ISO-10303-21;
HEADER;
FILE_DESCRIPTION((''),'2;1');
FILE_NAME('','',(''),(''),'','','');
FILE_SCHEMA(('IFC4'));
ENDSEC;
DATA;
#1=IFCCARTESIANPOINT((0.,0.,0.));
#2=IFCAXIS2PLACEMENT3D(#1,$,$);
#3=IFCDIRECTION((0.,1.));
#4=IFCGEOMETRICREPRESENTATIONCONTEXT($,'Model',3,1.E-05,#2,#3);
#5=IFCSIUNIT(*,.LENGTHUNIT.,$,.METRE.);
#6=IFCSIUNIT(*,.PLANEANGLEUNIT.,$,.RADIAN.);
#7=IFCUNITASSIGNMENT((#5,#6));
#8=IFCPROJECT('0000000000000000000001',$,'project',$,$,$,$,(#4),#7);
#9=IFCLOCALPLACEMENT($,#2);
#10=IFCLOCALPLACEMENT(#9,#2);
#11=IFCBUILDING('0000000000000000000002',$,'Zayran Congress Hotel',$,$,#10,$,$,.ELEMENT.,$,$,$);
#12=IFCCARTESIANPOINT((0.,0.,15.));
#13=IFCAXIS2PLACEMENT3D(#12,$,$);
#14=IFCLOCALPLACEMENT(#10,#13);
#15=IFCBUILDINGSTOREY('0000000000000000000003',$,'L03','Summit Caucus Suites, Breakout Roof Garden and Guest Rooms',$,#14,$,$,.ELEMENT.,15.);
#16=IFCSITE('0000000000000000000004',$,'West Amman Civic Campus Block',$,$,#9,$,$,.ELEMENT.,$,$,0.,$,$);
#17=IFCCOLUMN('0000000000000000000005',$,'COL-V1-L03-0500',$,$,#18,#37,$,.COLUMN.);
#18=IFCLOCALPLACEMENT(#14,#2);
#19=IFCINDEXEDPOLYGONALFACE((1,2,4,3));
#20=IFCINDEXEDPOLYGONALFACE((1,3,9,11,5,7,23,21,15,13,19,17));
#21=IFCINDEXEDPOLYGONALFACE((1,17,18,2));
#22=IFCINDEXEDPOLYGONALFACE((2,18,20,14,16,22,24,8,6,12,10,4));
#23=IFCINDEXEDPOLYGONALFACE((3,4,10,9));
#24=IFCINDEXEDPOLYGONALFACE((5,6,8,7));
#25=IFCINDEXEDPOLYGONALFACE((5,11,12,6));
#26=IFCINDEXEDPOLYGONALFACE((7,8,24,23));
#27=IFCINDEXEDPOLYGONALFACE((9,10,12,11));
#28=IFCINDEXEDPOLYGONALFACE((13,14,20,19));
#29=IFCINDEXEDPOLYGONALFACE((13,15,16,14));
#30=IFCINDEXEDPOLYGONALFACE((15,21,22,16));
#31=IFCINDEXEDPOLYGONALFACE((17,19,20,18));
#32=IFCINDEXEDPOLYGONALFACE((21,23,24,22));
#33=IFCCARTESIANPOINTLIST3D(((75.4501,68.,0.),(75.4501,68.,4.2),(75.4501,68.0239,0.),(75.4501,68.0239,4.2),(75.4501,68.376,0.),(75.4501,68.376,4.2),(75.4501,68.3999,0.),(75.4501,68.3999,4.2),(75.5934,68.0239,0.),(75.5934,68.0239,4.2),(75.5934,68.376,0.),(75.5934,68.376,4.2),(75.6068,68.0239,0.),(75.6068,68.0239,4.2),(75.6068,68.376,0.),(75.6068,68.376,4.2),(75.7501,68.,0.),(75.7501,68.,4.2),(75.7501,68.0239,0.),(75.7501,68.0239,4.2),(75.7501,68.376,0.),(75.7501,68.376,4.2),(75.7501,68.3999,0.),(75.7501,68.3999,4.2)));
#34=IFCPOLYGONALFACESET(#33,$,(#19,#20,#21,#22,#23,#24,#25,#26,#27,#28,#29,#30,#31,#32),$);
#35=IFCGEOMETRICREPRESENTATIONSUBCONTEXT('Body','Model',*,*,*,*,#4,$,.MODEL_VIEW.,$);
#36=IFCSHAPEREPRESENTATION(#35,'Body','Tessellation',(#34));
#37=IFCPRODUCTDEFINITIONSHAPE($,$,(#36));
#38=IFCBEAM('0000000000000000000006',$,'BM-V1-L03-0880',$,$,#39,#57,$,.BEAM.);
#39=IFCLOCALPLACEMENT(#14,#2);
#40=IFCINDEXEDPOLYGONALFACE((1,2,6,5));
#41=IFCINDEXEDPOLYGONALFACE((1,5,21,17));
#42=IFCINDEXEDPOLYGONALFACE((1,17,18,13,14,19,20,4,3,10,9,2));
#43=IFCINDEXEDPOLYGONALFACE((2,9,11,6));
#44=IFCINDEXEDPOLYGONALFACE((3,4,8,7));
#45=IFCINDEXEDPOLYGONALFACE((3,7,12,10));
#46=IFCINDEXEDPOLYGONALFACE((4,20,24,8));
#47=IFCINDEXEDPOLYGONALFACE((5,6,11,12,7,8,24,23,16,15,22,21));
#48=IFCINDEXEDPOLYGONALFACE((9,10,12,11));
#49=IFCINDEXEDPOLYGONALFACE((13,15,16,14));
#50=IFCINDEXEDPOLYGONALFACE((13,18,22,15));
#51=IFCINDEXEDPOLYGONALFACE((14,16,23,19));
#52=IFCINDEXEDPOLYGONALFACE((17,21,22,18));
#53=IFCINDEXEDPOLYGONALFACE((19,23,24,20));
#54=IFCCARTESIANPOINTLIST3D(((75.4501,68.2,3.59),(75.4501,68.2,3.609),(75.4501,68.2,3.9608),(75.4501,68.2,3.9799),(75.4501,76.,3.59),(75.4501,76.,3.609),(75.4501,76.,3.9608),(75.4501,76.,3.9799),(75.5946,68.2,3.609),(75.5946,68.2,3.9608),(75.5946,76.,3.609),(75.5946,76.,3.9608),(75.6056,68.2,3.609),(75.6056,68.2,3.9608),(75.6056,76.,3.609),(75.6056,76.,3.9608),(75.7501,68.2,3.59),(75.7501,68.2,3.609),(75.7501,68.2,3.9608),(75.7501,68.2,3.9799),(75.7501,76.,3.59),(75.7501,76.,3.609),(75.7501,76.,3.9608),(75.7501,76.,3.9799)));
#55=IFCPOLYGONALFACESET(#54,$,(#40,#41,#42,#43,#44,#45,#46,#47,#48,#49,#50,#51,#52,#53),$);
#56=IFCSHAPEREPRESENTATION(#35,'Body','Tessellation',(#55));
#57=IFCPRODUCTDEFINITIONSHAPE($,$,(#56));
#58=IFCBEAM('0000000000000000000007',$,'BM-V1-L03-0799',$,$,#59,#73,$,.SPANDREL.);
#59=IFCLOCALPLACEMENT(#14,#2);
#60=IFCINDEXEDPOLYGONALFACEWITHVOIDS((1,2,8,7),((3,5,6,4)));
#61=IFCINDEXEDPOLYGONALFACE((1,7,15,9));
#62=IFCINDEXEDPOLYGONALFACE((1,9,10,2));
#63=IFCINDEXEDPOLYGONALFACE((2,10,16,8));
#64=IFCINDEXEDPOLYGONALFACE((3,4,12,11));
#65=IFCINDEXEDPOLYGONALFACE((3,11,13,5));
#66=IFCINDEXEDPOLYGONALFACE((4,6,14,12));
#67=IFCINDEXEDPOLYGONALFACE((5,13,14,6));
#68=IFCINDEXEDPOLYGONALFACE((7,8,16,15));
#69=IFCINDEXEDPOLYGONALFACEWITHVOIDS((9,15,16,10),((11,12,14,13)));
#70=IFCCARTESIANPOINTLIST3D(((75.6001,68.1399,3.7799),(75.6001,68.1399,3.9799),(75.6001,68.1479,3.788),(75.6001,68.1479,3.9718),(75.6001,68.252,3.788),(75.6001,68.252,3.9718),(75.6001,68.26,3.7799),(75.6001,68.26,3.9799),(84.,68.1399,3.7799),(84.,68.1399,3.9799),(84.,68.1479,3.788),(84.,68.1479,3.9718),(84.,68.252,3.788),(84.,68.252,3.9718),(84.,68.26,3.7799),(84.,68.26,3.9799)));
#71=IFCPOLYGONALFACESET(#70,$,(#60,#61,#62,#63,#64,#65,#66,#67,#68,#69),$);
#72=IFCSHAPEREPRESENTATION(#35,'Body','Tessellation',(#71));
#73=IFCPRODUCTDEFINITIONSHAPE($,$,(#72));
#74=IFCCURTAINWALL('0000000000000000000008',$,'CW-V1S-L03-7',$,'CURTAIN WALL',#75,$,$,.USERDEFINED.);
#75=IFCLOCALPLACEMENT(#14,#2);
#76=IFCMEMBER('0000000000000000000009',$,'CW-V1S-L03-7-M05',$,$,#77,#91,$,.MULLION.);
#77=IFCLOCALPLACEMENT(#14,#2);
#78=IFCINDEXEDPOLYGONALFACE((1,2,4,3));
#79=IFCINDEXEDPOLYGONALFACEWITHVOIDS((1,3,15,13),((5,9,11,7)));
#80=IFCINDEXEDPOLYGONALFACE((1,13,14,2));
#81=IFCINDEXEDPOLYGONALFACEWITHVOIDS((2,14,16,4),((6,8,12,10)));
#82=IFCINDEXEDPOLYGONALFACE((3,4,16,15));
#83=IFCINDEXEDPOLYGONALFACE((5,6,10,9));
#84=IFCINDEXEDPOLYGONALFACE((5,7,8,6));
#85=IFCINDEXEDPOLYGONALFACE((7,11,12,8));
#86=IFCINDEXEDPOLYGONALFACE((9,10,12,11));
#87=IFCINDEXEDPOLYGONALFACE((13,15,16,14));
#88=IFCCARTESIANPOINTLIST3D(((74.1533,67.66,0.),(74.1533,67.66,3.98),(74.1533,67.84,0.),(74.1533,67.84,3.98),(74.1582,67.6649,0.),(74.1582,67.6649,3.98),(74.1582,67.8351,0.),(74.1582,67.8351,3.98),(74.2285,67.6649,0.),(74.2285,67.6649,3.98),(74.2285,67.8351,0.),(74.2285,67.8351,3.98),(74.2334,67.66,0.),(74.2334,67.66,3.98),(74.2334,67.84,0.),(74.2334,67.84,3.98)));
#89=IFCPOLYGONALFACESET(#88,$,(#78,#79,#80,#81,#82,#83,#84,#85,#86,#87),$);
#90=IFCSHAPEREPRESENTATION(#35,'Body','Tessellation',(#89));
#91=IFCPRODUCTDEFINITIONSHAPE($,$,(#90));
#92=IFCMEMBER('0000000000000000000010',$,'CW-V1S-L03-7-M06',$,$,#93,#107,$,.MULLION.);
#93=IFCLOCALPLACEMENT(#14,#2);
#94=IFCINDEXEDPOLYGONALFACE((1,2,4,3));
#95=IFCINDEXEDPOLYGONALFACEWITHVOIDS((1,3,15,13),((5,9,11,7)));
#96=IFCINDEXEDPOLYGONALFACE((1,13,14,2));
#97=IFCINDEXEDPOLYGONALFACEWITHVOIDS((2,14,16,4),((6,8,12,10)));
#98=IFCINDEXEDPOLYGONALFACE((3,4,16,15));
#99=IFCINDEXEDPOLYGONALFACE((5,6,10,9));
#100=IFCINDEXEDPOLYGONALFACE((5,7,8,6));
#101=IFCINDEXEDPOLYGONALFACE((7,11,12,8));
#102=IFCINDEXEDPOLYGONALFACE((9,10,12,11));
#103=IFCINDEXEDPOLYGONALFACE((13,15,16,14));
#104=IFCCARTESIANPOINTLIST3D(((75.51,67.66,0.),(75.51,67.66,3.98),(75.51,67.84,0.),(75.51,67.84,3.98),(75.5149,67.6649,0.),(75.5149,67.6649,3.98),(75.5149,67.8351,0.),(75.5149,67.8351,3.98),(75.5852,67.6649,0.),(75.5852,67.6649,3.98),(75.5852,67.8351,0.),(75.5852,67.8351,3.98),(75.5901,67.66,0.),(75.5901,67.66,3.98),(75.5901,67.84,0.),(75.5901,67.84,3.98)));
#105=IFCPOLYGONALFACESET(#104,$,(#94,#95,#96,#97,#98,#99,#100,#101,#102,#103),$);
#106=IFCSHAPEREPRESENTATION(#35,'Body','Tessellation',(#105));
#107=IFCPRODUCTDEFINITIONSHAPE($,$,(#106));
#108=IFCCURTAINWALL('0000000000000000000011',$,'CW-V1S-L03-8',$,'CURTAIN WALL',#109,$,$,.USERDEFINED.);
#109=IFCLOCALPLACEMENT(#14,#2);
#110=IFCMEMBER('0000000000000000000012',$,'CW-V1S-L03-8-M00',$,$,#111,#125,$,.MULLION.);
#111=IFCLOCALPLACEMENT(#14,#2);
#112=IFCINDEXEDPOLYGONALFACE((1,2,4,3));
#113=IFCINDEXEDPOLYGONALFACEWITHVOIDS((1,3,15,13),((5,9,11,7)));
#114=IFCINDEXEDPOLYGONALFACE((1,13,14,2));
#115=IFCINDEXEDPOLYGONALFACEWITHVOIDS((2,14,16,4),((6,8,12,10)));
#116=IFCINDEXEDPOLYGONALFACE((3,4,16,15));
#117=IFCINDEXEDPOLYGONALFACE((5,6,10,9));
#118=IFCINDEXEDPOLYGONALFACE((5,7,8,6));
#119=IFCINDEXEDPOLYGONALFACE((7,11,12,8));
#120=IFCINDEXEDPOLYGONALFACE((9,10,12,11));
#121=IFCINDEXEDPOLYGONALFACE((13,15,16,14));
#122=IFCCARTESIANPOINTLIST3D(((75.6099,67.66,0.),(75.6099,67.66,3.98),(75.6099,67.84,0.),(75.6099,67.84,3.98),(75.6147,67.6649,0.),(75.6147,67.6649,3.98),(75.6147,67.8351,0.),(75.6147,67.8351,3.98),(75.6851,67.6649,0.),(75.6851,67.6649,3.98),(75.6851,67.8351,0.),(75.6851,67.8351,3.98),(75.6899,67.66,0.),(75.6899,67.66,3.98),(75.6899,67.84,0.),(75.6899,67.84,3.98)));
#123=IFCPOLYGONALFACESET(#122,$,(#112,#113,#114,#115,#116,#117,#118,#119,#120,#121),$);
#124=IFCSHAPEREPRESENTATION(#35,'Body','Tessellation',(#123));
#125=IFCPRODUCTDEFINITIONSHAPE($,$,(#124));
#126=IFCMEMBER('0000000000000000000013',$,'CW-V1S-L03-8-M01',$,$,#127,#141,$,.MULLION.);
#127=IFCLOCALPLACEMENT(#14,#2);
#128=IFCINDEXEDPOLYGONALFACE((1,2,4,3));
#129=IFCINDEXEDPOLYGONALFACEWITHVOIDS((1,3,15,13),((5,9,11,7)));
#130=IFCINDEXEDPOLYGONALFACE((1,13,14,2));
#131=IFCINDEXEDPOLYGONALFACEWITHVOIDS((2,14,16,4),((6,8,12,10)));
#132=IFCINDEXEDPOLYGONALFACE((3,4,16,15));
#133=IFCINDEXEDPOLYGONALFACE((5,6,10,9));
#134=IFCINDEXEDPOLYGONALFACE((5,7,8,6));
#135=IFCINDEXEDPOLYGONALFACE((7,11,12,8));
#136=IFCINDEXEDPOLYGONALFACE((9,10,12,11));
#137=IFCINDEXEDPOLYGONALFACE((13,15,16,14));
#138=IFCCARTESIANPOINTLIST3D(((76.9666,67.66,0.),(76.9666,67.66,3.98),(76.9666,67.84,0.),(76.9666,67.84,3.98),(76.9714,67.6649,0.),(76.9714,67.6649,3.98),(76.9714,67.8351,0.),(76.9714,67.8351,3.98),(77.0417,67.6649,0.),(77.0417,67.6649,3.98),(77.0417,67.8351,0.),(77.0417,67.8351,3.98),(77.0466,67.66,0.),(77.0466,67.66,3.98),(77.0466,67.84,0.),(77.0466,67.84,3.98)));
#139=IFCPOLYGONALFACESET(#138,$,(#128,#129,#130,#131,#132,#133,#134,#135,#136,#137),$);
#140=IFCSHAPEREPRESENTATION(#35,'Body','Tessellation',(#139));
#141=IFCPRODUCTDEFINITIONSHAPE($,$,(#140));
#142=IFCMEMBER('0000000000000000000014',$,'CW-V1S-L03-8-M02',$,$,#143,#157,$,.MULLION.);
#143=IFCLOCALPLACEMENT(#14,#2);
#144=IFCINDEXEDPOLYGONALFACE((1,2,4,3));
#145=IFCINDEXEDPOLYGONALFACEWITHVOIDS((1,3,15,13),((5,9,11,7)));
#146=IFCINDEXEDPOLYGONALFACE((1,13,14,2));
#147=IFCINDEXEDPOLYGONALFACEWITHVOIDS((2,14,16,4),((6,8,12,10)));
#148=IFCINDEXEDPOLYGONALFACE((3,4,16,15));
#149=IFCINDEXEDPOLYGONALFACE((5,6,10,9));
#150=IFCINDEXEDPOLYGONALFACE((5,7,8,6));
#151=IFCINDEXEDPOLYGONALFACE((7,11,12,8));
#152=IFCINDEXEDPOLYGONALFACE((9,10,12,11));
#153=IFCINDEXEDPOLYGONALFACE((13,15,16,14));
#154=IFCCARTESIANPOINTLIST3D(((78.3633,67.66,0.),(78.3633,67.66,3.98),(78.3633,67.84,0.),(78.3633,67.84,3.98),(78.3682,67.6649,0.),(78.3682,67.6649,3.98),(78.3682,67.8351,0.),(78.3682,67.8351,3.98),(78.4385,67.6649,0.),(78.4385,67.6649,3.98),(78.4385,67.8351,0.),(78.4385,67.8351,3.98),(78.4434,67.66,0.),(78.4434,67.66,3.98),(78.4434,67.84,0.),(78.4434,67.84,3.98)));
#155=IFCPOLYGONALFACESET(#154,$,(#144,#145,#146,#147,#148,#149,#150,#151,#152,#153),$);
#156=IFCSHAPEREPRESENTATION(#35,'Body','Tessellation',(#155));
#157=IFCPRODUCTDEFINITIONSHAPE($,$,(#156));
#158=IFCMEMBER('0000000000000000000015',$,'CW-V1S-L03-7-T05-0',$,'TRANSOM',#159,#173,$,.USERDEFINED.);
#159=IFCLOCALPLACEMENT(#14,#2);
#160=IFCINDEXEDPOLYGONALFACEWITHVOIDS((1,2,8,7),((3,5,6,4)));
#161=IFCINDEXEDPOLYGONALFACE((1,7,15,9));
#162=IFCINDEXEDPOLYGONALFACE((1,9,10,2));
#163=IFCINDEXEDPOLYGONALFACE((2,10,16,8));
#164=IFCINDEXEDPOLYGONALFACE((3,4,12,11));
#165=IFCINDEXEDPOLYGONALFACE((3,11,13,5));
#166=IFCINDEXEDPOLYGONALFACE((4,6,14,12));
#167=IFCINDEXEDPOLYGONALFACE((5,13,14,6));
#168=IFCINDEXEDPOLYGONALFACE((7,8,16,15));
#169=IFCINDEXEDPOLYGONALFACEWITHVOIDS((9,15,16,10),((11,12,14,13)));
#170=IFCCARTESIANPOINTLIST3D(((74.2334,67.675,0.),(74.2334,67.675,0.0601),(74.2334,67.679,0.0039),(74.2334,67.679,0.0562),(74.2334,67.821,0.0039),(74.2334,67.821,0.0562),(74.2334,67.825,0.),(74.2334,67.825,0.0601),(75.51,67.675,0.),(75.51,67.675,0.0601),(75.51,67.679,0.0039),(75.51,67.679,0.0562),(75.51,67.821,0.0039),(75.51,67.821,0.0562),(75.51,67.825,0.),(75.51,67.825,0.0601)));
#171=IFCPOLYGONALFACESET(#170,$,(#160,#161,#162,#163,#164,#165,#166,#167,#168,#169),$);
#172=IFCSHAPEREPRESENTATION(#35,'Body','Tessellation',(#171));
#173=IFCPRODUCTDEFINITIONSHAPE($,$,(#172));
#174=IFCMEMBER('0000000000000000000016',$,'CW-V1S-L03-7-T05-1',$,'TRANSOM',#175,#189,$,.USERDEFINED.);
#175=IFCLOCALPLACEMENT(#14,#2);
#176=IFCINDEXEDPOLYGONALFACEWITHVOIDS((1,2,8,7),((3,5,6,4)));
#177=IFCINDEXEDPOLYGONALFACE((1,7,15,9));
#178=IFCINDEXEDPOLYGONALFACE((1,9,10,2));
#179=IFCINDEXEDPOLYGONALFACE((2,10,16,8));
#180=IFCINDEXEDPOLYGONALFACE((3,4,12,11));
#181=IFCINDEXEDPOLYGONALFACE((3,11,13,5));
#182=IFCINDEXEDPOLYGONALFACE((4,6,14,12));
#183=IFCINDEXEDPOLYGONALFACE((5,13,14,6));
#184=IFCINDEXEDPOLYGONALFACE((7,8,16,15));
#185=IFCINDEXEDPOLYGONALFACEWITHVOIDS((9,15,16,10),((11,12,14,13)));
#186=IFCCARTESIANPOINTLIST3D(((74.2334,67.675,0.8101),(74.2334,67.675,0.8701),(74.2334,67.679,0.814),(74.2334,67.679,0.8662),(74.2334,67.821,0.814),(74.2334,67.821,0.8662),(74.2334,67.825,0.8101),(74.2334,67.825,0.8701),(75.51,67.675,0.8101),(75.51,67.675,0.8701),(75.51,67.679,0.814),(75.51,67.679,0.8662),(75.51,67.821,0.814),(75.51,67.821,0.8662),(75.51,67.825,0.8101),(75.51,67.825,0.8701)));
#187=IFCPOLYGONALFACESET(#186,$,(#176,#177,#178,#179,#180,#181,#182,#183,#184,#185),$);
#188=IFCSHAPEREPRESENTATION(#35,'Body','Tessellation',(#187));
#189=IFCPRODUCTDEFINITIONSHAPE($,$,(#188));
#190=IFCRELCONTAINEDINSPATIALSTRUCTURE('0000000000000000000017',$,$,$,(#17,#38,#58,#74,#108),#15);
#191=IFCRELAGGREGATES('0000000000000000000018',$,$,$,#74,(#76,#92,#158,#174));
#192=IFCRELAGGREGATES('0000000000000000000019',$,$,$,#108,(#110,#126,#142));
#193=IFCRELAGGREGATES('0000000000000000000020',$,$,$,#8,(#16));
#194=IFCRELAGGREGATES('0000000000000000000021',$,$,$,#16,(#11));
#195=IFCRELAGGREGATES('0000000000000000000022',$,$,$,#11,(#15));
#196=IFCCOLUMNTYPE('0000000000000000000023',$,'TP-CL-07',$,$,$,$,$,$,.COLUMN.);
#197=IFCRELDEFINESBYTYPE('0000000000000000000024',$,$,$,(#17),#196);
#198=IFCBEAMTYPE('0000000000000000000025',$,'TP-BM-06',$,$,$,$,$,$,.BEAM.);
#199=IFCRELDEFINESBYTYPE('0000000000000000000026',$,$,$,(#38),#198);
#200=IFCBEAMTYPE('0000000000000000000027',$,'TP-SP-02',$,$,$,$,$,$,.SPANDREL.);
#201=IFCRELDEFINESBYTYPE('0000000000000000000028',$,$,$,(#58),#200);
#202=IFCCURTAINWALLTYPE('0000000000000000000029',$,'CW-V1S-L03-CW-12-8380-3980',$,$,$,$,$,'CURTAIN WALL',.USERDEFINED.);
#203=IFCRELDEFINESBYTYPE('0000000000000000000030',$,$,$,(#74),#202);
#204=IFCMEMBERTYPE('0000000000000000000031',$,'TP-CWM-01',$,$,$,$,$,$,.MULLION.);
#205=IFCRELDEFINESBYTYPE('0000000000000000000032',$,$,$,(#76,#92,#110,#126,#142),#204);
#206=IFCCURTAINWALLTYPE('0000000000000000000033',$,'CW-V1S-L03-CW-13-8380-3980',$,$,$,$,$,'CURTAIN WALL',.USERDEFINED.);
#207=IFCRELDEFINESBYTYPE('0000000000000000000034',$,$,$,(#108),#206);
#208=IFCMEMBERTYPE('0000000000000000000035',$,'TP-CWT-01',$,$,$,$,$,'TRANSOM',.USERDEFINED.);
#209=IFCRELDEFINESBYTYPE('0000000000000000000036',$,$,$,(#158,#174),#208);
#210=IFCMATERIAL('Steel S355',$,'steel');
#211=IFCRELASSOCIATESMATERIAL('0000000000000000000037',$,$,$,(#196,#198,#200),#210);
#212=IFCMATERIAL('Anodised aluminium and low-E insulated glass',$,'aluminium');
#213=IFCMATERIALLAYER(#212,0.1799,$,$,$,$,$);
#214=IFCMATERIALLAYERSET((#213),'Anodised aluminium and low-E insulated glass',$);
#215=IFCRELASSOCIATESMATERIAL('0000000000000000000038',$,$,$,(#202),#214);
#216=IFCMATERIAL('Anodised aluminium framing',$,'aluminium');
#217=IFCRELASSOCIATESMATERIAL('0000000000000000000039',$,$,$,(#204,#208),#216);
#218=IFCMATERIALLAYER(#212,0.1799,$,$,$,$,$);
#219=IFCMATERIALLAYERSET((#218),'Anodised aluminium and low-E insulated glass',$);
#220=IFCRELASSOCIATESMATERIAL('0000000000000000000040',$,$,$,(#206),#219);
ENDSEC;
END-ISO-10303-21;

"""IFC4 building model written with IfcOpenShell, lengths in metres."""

from ifc_helpers import new_model, si_unit, direction, frame, origin, origin_2d, place, context, subcontext, project, spatial, hollow_rectangle, i_section, extrude, material, layer, layer_set, material_profile, profile_set, type_object, element, aggregate, save


model = new_model("IFC4")

# Units and contexts
model_context = context("Model", 3, precision=1e-05, world=origin(), true_north=direction((0.0, 1.0)))
body_context = subcontext(model_context, "Body", "Model", "MODEL_VIEW")
ifc_project = project(units=[si_unit("LENGTHUNIT", "METRE"), si_unit("PLANEANGLEUNIT", "RADIAN")], contexts=[model_context])

# Site, building, storey
site_placement = place(None, origin())
site = spatial("IfcSite", under=ifc_project, at=site_placement, Name="West Amman Civic Campus Block", CompositionType="ELEMENT", RefElevation=0.0)
building_placement = place(site_placement, origin())
building = spatial("IfcBuilding", under=site, at=building_placement, Name="Zayran Congress Hotel", CompositionType="ELEMENT")
storey_placement = place(building_placement, frame((0.0, 0.0, 15.0)))
storey = spatial("IfcBuildingStorey", under=building, at=storey_placement, Name="L03", Description="Summit Caucus Suites, Breakout Roof Garden and Guest Rooms", CompositionType="ELEMENT", Elevation=15.0)

# Column
ifc_material_1 = material(Name="Steel S355", Category="steel")
ifc_material_profile_1 = material_profile(ifc_material_1, i_section(OverallWidth=0.3, OverallDepth=0.3999, WebThickness=0.0134, FlangeThickness=0.0239, at=origin_2d()), Name="HEB 400")
ifc_profile_set_1 = profile_set([ifc_material_profile_1], Name="Steel S355")
column_type = type_object("IfcColumnType", Name="TP-CL-07", PredefinedType="COLUMN", material=ifc_profile_set_1)
column_placement = place(storey_placement, frame((75.6001, 68.2, 0.0), z_axis=(0.0, 0.0, 1.0), x_axis=(1.0, 0.0, 0.0)))
element("IfcColumn", 1, at=column_placement, inside=storey, type_object=column_type, Name="COL-V1-L03-0500", PredefinedType="COLUMN", context=body_context, shape_type="SweptSolid", body=[
    extrude(i_section(OverallWidth=0.3, OverallDepth=0.3999, WebThickness=0.0134, FlangeThickness=0.0239, at=origin_2d()), origin(), (0.0, 0.0, 1.0), 4.2),
])

# Beams
ifc_material_profile_2 = material_profile(ifc_material_1, i_section(OverallWidth=0.3, OverallDepth=0.3899, WebThickness=0.011, FlangeThickness=0.019, at=origin_2d()), Name="HEA 400")
ifc_profile_set_2 = profile_set([ifc_material_profile_2], Name="Steel S355")
beam_type_1 = type_object("IfcBeamType", Name="TP-BM-06", PredefinedType="BEAM", material=ifc_profile_set_2)
beam_1_placement = place(storey_placement, frame((75.6001, 68.2, 3.7849), z_axis=(0.0, 1.0, 0.0), x_axis=(-1.0, 0.0, 0.0)))
element("IfcBeam", 2, at=beam_1_placement, inside=storey, type_object=beam_type_1, Name="BM-V1-L03-0880", PredefinedType="BEAM", context=body_context, shape_type="SweptSolid", body=[
    extrude(i_section(OverallWidth=0.3, OverallDepth=0.3899, WebThickness=0.011, FlangeThickness=0.019, at=origin_2d()), origin(), (0.0, 0.0, 1.0), 7.8),
])
ifc_material_profile_3 = material_profile(ifc_material_1, hollow_rectangle(XDim=0.1201, YDim=0.2, WallThickness=0.0081, at=origin_2d()), Name="RHS 200x120x8")
ifc_profile_set_3 = profile_set([ifc_material_profile_3], Name="Steel S355")
beam_type_2 = type_object("IfcBeamType", Name="TP-SP-02", PredefinedType="SPANDREL", material=ifc_profile_set_3)
beam_2_placement = place(storey_placement, frame((75.6001, 68.2, 3.8799), z_axis=(1.0, 0.0, 0.0), x_axis=(0.0, 1.0, 0.0)))
element("IfcBeam", 3, at=beam_2_placement, inside=storey, type_object=beam_type_2, Name="BM-V1-L03-0799", PredefinedType="SPANDREL", context=body_context, shape_type="SweptSolid", body=[
    extrude(hollow_rectangle(XDim=0.1201, YDim=0.2, WallThickness=0.0081, at=origin_2d()), origin(), (0.0, 0.0, 1.0), 8.3999),
])

# Curtain walls, members
ifc_material_2 = material(Name="Anodised aluminium and low-E insulated glass", Category="aluminium")
ifc_layer_1 = layer(ifc_material_2, 0.1799)
ifc_layer_set_1 = layer_set([ifc_layer_1], Name="Anodised aluminium and low-E insulated glass")
curtain_wall_type_1 = type_object("IfcCurtainWallType", Name="CW-V1S-L03-CW-12-8380-3980", ElementType="CURTAIN WALL", PredefinedType="USERDEFINED", material=ifc_layer_set_1)
curtain_wall_1_placement = place(storey_placement, origin())
curtain_wall_1 = element("IfcCurtainWall", 4, at=curtain_wall_1_placement, inside=storey, type_object=curtain_wall_type_1, Name="CW-V1S-L03-7", ObjectType="CURTAIN WALL", PredefinedType="USERDEFINED")
ifc_material_3 = material(Name="Anodised aluminium framing", Category="aluminium")
ifc_material_profile_4 = material_profile(ifc_material_3, hollow_rectangle(XDim=0.0801, YDim=0.1799, WallThickness=0.0049, at=origin_2d()), Name="RHS 180x80x5")
ifc_profile_set_4 = profile_set([ifc_material_profile_4], Name="Anodised aluminium framing")
member_type_1 = type_object("IfcMemberType", Name="TP-CWM-01", PredefinedType="MULLION", material=ifc_profile_set_4)
member_1_placement = place(storey_placement, frame((74.1934, 67.75, 0.0), z_axis=(0.0, 0.0, 1.0), x_axis=(1.0, 0.0, 0.0)))
member_1 = element("IfcMember", 5, at=member_1_placement, type_object=member_type_1, Name="CW-V1S-L03-7-M05", PredefinedType="MULLION", context=body_context, shape_type="SweptSolid", body=[
    extrude(hollow_rectangle(XDim=0.0801, YDim=0.1799, WallThickness=0.0049, at=origin_2d()), origin(), (0.0, 0.0, 1.0), 3.98),
])
member_2_placement = place(storey_placement, frame((75.55, 67.75, 0.0), z_axis=(0.0, 0.0, 1.0), x_axis=(1.0, 0.0, 0.0)))
member_2 = element("IfcMember", 6, at=member_2_placement, type_object=member_type_1, Name="CW-V1S-L03-7-M06", PredefinedType="MULLION", context=body_context, shape_type="SweptSolid", body=[
    extrude(hollow_rectangle(XDim=0.0801, YDim=0.1799, WallThickness=0.0049, at=origin_2d()), origin(), (0.0, 0.0, 1.0), 3.98),
])
ifc_layer_2 = layer(ifc_material_2, 0.1799)
ifc_layer_set_2 = layer_set([ifc_layer_2], Name="Anodised aluminium and low-E insulated glass")
curtain_wall_type_2 = type_object("IfcCurtainWallType", Name="CW-V1S-L03-CW-13-8380-3980", ElementType="CURTAIN WALL", PredefinedType="USERDEFINED", material=ifc_layer_set_2)
curtain_wall_2_placement = place(storey_placement, origin())
curtain_wall_2 = element("IfcCurtainWall", 7, at=curtain_wall_2_placement, inside=storey, type_object=curtain_wall_type_2, Name="CW-V1S-L03-8", ObjectType="CURTAIN WALL", PredefinedType="USERDEFINED")
member_3_placement = place(storey_placement, frame((75.6499, 67.75, 0.0), z_axis=(0.0, 0.0, 1.0), x_axis=(1.0, 0.0, 0.0)))
member_3 = element("IfcMember", 8, at=member_3_placement, type_object=member_type_1, Name="CW-V1S-L03-8-M00", PredefinedType="MULLION", context=body_context, shape_type="SweptSolid", body=[
    extrude(hollow_rectangle(XDim=0.0801, YDim=0.1799, WallThickness=0.0049, at=origin_2d()), origin(), (0.0, 0.0, 1.0), 3.98),
])
member_4_placement = place(storey_placement, frame((77.0066, 67.75, 0.0), z_axis=(0.0, 0.0, 1.0), x_axis=(1.0, 0.0, 0.0)))
member_4 = element("IfcMember", 9, at=member_4_placement, type_object=member_type_1, Name="CW-V1S-L03-8-M01", PredefinedType="MULLION", context=body_context, shape_type="SweptSolid", body=[
    extrude(hollow_rectangle(XDim=0.0801, YDim=0.1799, WallThickness=0.0049, at=origin_2d()), origin(), (0.0, 0.0, 1.0), 3.98),
])
member_5_placement = place(storey_placement, frame((78.4033, 67.75, 0.0), z_axis=(0.0, 0.0, 1.0), x_axis=(1.0, 0.0, 0.0)))
member_5 = element("IfcMember", 10, at=member_5_placement, type_object=member_type_1, Name="CW-V1S-L03-8-M02", PredefinedType="MULLION", context=body_context, shape_type="SweptSolid", body=[
    extrude(hollow_rectangle(XDim=0.0801, YDim=0.1799, WallThickness=0.0049, at=origin_2d()), origin(), (0.0, 0.0, 1.0), 3.98),
])

# Members
ifc_material_profile_5 = material_profile(ifc_material_3, hollow_rectangle(XDim=0.0601, YDim=0.1499, WallThickness=0.0039, at=origin_2d()), Name="RHS 150x60x4")
ifc_profile_set_5 = profile_set([ifc_material_profile_5], Name="Anodised aluminium framing")
member_type_2 = type_object("IfcMemberType", Name="TP-CWT-01", ElementType="TRANSOM", PredefinedType="USERDEFINED", material=ifc_profile_set_5)
member_6_placement = place(storey_placement, frame((74.2334, 67.75, 0.03), z_axis=(1.0, 0.0, 0.0), x_axis=(0.0, 0.0, 1.0)))
member_6 = element("IfcMember", 11, at=member_6_placement, type_object=member_type_2, Name="CW-V1S-L03-7-T05-0", ObjectType="TRANSOM", PredefinedType="USERDEFINED", context=body_context, shape_type="SweptSolid", body=[
    extrude(hollow_rectangle(XDim=0.0601, YDim=0.1499, WallThickness=0.0039, at=origin_2d()), origin(), (0.0, 0.0, 1.0), 1.2766),
])
member_7_placement = place(storey_placement, frame((74.2334, 67.75, 0.8401), z_axis=(1.0, 0.0, 0.0), x_axis=(0.0, 0.0, 1.0)))
member_7 = element("IfcMember", 12, at=member_7_placement, type_object=member_type_2, Name="CW-V1S-L03-7-T05-1", ObjectType="TRANSOM", PredefinedType="USERDEFINED", context=body_context, shape_type="SweptSolid", body=[
    extrude(hollow_rectangle(XDim=0.0601, YDim=0.1499, WallThickness=0.0039, at=origin_2d()), origin(), (0.0, 0.0, 1.0), 1.2766),
])

aggregate(curtain_wall_1, [member_1, member_2, member_6, member_7])
aggregate(curtain_wall_2, [member_3, member_4, member_5])

save(model, "model.ifc")
